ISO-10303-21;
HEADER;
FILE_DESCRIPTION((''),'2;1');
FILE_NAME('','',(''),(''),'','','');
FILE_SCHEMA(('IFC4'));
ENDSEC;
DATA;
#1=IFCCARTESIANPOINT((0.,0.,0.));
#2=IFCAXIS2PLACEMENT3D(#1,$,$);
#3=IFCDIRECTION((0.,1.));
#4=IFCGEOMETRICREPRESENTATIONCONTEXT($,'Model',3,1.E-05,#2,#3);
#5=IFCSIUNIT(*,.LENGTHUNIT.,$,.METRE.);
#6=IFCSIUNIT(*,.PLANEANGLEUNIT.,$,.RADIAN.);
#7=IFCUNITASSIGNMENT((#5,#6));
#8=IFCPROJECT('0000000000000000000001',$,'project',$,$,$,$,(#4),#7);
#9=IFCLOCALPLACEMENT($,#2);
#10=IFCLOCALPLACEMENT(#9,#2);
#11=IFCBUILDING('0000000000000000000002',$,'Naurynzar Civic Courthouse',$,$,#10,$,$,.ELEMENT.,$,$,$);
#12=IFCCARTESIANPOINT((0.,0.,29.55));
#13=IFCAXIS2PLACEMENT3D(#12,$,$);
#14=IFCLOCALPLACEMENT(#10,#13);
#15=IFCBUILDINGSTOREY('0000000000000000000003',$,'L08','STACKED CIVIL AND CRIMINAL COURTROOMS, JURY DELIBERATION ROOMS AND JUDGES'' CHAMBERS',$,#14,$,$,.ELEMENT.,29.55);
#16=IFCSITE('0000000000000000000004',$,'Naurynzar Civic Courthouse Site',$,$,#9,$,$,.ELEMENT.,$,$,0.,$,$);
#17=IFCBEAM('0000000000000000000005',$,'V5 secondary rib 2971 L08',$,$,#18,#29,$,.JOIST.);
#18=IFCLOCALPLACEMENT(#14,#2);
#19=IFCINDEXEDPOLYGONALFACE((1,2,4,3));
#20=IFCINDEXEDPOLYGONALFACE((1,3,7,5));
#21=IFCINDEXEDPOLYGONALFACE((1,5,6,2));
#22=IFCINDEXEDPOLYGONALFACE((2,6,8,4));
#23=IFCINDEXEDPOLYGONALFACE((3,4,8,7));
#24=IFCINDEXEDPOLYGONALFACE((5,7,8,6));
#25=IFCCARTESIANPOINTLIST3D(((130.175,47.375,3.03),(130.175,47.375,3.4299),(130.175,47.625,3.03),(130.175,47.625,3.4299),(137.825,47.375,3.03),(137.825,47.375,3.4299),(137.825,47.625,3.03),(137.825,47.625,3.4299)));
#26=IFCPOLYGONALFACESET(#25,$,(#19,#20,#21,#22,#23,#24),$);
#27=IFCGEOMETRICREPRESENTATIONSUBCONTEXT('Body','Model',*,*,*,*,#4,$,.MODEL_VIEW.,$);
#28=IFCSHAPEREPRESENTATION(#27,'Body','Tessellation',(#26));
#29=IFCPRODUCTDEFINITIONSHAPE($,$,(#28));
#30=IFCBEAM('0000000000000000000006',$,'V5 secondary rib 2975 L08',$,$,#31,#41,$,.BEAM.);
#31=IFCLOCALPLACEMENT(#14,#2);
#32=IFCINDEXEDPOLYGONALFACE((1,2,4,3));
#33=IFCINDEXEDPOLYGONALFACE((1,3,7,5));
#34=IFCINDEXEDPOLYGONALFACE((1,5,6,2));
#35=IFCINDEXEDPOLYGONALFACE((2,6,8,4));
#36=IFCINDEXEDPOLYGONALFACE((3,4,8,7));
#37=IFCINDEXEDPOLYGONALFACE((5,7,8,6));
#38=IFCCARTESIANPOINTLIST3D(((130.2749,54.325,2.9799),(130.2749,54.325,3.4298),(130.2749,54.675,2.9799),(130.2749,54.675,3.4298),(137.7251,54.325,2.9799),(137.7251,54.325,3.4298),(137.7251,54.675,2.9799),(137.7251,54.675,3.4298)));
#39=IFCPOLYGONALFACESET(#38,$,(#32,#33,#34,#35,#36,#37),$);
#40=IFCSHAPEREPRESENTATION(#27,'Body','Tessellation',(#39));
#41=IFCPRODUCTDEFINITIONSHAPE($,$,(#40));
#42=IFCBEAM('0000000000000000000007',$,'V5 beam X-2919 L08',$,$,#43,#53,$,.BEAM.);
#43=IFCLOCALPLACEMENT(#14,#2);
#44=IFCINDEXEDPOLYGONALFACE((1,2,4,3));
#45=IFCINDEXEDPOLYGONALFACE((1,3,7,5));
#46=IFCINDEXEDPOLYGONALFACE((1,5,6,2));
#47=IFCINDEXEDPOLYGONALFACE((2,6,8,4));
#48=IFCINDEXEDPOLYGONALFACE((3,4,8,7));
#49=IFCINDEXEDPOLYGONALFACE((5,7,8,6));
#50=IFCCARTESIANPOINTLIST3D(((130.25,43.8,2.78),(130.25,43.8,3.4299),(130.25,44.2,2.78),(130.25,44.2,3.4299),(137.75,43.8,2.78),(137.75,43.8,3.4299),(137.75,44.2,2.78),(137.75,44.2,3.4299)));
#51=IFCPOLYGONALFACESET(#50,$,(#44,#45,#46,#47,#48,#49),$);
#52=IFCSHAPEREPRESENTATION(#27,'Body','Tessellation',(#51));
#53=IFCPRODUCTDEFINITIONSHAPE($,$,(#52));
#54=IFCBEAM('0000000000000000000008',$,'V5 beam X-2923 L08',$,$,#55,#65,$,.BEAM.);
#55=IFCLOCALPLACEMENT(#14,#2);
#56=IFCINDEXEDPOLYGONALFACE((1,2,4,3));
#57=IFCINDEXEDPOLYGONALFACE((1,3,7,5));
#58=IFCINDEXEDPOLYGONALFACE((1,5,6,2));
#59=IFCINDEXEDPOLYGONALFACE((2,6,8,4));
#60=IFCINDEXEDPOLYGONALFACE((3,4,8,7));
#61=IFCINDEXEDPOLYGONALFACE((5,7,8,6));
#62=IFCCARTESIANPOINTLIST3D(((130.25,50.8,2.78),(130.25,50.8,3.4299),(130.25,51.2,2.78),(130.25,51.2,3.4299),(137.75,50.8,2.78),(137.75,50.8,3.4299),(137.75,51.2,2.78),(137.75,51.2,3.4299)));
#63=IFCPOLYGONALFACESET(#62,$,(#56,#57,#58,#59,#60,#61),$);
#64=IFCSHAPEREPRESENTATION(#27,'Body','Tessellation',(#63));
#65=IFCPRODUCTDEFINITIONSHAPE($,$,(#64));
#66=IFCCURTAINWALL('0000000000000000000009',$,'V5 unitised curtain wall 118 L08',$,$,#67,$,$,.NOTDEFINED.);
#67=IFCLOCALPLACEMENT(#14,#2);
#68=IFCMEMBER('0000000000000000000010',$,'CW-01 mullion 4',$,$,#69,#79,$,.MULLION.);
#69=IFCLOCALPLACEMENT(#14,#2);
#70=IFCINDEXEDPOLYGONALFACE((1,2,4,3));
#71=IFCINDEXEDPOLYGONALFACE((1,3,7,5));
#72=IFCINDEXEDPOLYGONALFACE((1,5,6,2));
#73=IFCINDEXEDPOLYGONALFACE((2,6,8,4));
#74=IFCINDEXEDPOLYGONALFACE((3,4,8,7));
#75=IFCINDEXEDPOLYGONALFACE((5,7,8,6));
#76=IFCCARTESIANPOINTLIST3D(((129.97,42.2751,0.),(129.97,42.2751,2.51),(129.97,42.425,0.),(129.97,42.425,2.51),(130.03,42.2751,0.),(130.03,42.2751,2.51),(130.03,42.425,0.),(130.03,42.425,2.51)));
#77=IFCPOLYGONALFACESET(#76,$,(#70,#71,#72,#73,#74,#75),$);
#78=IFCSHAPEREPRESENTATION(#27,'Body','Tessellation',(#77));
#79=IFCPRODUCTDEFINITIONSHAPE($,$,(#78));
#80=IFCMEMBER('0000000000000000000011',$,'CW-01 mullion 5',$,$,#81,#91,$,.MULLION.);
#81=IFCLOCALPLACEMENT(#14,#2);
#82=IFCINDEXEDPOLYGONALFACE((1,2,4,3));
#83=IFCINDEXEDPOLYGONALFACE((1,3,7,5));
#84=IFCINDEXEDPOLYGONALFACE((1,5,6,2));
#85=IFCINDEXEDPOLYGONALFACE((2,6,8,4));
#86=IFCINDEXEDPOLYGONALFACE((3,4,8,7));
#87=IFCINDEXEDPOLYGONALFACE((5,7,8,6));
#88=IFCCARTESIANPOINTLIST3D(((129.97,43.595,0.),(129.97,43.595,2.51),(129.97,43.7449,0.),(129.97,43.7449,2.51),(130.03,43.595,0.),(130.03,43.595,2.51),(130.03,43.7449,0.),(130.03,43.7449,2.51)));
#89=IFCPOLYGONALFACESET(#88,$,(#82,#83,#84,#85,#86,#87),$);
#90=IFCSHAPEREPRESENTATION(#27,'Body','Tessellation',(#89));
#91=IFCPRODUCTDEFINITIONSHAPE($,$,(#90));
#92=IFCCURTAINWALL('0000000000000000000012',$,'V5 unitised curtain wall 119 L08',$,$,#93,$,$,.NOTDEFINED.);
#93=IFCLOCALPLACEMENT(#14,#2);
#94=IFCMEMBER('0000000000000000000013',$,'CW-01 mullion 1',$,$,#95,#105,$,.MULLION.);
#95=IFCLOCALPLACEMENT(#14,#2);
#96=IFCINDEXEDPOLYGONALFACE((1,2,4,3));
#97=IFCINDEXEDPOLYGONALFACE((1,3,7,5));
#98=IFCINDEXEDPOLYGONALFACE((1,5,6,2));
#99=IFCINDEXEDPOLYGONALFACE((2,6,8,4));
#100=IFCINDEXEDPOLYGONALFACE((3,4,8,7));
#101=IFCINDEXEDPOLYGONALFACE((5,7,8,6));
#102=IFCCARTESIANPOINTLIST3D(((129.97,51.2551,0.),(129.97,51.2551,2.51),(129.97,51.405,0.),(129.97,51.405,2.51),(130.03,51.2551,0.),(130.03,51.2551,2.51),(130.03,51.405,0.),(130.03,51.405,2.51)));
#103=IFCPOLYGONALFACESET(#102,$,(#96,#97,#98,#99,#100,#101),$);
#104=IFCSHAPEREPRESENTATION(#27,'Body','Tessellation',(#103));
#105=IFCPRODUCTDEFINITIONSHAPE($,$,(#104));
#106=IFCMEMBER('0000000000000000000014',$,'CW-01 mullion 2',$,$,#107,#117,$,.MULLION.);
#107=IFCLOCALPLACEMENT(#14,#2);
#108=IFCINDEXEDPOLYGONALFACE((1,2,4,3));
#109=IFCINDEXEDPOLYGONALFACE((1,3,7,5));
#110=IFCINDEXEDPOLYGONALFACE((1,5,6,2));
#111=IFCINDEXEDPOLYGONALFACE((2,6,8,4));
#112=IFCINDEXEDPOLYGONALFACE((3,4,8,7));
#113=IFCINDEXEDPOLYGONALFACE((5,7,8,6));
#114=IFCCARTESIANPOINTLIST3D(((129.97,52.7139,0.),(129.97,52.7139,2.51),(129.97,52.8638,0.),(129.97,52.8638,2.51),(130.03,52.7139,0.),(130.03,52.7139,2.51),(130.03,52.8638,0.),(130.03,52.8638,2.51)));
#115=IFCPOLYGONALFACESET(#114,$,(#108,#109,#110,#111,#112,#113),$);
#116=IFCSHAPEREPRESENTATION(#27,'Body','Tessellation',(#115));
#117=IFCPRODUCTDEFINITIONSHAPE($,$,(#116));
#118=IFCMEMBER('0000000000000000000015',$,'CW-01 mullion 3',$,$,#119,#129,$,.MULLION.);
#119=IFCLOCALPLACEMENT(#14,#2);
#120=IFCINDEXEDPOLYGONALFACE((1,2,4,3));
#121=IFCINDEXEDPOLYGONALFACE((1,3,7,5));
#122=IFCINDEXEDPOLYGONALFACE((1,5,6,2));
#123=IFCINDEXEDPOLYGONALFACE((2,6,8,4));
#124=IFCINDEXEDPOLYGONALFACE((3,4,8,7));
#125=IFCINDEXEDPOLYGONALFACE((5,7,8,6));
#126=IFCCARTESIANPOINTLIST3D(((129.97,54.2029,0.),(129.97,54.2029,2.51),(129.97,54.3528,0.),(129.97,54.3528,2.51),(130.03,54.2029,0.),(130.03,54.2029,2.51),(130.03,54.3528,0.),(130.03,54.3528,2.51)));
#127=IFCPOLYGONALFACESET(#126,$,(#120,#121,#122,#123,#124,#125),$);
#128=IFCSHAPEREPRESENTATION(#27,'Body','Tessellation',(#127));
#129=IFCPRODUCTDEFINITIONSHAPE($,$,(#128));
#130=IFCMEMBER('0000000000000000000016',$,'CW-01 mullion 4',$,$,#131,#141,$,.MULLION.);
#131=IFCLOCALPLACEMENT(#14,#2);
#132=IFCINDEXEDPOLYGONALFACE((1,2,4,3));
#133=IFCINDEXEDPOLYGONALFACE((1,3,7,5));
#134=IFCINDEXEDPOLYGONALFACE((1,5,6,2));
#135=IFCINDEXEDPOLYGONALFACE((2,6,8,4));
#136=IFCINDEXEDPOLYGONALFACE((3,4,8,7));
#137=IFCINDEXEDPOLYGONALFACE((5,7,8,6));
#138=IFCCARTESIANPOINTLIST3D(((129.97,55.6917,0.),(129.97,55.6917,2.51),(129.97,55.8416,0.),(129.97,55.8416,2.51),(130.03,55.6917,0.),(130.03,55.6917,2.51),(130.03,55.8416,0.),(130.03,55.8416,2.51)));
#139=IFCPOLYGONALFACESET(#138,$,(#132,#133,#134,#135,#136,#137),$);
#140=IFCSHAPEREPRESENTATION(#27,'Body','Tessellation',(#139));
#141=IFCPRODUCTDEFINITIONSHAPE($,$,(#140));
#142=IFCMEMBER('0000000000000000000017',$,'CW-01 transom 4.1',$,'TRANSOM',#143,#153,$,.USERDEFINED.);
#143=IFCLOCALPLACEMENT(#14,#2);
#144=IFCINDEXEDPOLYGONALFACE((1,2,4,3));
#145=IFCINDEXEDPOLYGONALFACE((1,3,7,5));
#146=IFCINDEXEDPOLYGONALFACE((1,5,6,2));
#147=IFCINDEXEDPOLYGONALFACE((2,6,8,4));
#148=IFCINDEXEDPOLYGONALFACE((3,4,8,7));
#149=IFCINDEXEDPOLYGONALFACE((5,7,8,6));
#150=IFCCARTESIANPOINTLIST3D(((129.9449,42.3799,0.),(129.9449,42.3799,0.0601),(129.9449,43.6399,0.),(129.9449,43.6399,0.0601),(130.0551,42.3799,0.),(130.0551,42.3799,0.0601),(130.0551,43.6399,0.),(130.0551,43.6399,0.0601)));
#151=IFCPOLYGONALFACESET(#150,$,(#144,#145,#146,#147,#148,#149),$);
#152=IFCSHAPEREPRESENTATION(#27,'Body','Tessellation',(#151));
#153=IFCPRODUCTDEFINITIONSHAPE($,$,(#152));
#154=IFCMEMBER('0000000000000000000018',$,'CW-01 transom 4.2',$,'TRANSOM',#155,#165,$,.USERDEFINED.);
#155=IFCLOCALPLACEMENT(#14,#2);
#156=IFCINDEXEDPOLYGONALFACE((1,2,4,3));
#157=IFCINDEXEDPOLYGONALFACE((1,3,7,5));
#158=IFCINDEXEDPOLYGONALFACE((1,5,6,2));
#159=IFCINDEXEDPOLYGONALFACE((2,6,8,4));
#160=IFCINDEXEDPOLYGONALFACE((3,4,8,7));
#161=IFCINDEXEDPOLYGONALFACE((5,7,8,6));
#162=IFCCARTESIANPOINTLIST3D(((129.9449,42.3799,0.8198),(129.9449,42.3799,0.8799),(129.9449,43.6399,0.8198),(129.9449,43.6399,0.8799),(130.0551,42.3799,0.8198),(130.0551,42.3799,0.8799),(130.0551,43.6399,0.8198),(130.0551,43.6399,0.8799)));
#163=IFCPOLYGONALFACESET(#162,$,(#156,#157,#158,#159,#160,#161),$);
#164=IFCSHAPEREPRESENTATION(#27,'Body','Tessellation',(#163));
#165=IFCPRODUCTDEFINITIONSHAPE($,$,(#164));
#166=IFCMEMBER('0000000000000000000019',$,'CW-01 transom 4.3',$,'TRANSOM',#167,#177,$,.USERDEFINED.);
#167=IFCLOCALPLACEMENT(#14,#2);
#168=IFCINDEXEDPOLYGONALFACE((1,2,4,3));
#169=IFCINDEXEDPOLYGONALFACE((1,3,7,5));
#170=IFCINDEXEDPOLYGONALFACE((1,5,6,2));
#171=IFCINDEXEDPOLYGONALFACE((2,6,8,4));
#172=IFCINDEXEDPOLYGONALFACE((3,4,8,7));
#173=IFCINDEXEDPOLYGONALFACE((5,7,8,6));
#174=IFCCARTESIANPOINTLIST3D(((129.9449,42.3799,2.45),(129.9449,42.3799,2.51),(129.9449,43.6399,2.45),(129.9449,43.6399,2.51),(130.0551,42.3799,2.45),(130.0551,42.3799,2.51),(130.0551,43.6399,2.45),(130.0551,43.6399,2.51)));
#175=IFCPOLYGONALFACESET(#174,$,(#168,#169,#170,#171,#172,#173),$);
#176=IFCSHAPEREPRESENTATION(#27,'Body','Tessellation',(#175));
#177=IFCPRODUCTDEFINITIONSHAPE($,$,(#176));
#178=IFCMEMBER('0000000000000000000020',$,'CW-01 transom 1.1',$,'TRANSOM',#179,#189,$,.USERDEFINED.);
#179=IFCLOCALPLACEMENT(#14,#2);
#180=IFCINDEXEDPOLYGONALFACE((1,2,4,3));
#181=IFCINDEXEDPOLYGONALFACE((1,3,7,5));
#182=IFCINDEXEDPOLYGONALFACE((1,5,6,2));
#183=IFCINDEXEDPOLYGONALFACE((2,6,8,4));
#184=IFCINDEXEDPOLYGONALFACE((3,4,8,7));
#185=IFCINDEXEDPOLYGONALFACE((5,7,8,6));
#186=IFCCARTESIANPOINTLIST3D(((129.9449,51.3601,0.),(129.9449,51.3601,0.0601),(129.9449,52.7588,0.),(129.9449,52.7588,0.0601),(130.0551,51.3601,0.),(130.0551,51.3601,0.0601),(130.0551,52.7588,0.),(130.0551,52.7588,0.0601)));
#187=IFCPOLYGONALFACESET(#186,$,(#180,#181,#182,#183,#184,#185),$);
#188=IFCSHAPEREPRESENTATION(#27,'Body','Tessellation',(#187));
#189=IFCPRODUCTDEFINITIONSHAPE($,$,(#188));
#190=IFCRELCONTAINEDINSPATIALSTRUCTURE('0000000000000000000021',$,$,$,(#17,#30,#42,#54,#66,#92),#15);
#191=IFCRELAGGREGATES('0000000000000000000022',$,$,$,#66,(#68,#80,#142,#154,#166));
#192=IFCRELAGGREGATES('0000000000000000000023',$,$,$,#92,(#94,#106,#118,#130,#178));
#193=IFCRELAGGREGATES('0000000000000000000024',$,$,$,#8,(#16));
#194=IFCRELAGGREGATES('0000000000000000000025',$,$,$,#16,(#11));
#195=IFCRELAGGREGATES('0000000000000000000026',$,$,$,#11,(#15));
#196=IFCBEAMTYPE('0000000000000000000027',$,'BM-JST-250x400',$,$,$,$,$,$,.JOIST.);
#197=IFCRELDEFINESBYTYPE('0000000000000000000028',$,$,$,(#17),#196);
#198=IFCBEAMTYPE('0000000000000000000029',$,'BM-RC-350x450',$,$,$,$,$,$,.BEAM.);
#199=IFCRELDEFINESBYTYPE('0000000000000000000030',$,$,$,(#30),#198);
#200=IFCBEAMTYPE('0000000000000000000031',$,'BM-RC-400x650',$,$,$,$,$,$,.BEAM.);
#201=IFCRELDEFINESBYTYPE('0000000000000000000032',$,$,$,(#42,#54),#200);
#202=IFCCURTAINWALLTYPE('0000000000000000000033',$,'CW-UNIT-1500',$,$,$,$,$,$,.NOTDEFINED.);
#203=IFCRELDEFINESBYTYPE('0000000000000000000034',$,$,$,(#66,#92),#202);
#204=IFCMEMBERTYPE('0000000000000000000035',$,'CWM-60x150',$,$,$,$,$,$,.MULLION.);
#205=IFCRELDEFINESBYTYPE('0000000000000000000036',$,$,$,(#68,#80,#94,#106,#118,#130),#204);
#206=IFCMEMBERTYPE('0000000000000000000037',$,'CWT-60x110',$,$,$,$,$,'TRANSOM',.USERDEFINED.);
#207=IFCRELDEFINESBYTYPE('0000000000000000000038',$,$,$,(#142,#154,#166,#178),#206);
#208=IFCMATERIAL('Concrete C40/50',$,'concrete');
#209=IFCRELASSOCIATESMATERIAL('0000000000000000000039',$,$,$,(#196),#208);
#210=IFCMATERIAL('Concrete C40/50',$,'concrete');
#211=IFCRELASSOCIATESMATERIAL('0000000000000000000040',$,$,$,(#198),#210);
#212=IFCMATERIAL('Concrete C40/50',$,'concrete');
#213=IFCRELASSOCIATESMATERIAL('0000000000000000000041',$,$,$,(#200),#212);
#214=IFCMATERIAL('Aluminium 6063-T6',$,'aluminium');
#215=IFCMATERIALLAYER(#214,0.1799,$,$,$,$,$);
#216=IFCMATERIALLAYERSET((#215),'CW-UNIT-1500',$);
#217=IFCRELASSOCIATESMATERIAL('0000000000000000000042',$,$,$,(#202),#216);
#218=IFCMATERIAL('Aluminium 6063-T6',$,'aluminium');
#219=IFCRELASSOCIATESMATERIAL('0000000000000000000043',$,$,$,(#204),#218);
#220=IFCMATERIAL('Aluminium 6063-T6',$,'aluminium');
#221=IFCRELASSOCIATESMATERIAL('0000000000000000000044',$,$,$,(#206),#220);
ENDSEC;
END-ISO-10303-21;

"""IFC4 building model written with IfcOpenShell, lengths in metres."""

from ifc_helpers import new_model, si_unit, direction, frame, origin, origin_2d, place, context, subcontext, project, spatial, rectangle, extrude, material, layer, layer_set, material_profile, profile_set, type_object, element, aggregate, save


model = new_model("IFC4")

# Units and contexts
model_context = context("Model", 3, precision=1e-05, world=origin(), true_north=direction((0.0, 1.0)))
body_context = subcontext(model_context, "Body", "Model", "MODEL_VIEW")
ifc_project = project(units=[si_unit("LENGTHUNIT", "METRE"), si_unit("PLANEANGLEUNIT", "RADIAN")], contexts=[model_context])

# Site, building, storey
site_placement = place(None, origin())
site = spatial("IfcSite", under=ifc_project, at=site_placement, Name="Naurynzar Civic Courthouse Site", CompositionType="ELEMENT", RefElevation=0.0)
building_placement = place(site_placement, origin())
building = spatial("IfcBuilding", under=site, at=building_placement, Name="Naurynzar Civic Courthouse", CompositionType="ELEMENT")
storey_placement = place(building_placement, frame((0.0, 0.0, 29.55)))
storey = spatial("IfcBuildingStorey", under=building, at=storey_placement, Name="L08", Description="STACKED CIVIL AND CRIMINAL COURTROOMS, JURY DELIBERATION ROOMS AND JUDGES' CHAMBERS", CompositionType="ELEMENT", Elevation=29.55)

# Beams
ifc_material_1 = material(Name="Concrete C40/50", Category="concrete")
ifc_material_profile_1 = material_profile(ifc_material_1, rectangle(XDim=0.25, YDim=0.3999, at=origin_2d()), Name="RCB 250x400")
ifc_profile_set_1 = profile_set([ifc_material_profile_1], Name="Concrete C40/50")
beam_type_1 = type_object("IfcBeamType", Name="BM-JST-250x400", PredefinedType="JOIST", material=ifc_profile_set_1)
beam_1_placement = place(storey_placement, frame((130.175, 47.5, 3.23), z_axis=(1.0, 0.0, 0.0), x_axis=(0.0, 1.0, 0.0)))
element("IfcBeam", 1, at=beam_1_placement, inside=storey, type_object=beam_type_1, Name="V5 secondary rib 2971 L08", PredefinedType="JOIST", context=body_context, shape_type="SweptSolid", body=[
    extrude(rectangle(XDim=0.25, YDim=0.3999, at=origin_2d()), origin(), (0.0, 0.0, 1.0), 7.6499),
])
ifc_material_2 = material(Name="Concrete C40/50", Category="concrete")
ifc_material_profile_2 = material_profile(ifc_material_2, rectangle(XDim=0.3501, YDim=0.45, at=origin_2d()), Name="RCB 350x450")
ifc_profile_set_2 = profile_set([ifc_material_profile_2], Name="Concrete C40/50")
beam_type_2 = type_object("IfcBeamType", Name="BM-RC-350x450", PredefinedType="BEAM", material=ifc_profile_set_2)
beam_2_placement = place(storey_placement, frame((130.2749, 54.5, 3.2048), z_axis=(1.0, 0.0, 0.0), x_axis=(0.0, 1.0, 0.0)))
element("IfcBeam", 2, at=beam_2_placement, inside=storey, type_object=beam_type_2, Name="V5 secondary rib 2975 L08", PredefinedType="BEAM", context=body_context, shape_type="SweptSolid", body=[
    extrude(rectangle(XDim=0.3501, YDim=0.45, at=origin_2d()), origin(), (0.0, 0.0, 1.0), 7.4502),
])
ifc_material_3 = material(Name="Concrete C40/50", Category="concrete")
ifc_material_profile_3 = material_profile(ifc_material_3, rectangle(XDim=0.3999, YDim=0.6499, at=origin_2d()), Name="RCB 400x650")
ifc_profile_set_3 = profile_set([ifc_material_profile_3], Name="Concrete C40/50")
beam_type_3 = type_object("IfcBeamType", Name="BM-RC-400x650", PredefinedType="BEAM", material=ifc_profile_set_3)
for number, where, z_axis, x_axis, name in (
    (3, (130.25, 44.0, 3.105), (1.0, 0.0, 0.0), (0.0, 1.0, 0.0), "V5 beam X-2919 L08"),
    (4, (130.25, 51.0, 3.105), (1.0, 0.0, 0.0), (0.0, 1.0, 0.0), "V5 beam X-2923 L08"),
):
    element("IfcBeam", number, at=place(storey_placement, frame(where, z_axis=z_axis, x_axis=x_axis)), inside=storey, type_object=beam_type_3, Name=name, PredefinedType="BEAM", context=body_context, shape_type="SweptSolid", body=[
        extrude(rectangle(XDim=0.3999, YDim=0.6499, at=origin_2d()), origin(), (0.0, 0.0, 1.0), 7.5),
    ])

# Curtain walls, members
ifc_material_4 = material(Name="Aluminium 6063-T6", Category="aluminium")
ifc_layer_1 = layer(ifc_material_4, 0.1799)
ifc_layer_set_1 = layer_set([ifc_layer_1], Name="CW-UNIT-1500")
curtain_wall_type = type_object("IfcCurtainWallType", Name="CW-UNIT-1500", PredefinedType="NOTDEFINED", material=ifc_layer_set_1)
curtain_wall_1_placement = place(storey_placement, origin())
curtain_wall_1 = element("IfcCurtainWall", 5, at=curtain_wall_1_placement, inside=storey, type_object=curtain_wall_type, Name="V5 unitised curtain wall 118 L08", PredefinedType="NOTDEFINED")
ifc_material_5 = material(Name="Aluminium 6063-T6", Category="aluminium")
ifc_material_profile_4 = material_profile(ifc_material_5, rectangle(XDim=0.0601, YDim=0.1499, at=origin_2d()), Name="ALU MULLION 60x150")
ifc_profile_set_4 = profile_set([ifc_material_profile_4], Name="Aluminium 6063-T6")
member_type_1 = type_object("IfcMemberType", Name="CWM-60x150", PredefinedType="MULLION", material=ifc_profile_set_4)
member_1_placement = place(storey_placement, frame((130.0, 42.3501, 0.0), z_axis=(0.0, 0.0, 1.0), x_axis=(-1.0, 0.0, 0.0)))
member_1 = element("IfcMember", 6, at=member_1_placement, type_object=member_type_1, Name="CW-01 mullion 4", PredefinedType="MULLION", context=body_context, shape_type="SweptSolid", body=[
    extrude(rectangle(XDim=0.0601, YDim=0.1499, at=origin_2d()), origin(), (0.0, 0.0, 1.0), 2.51),
])
member_2_placement = place(storey_placement, frame((130.0, 43.6699, 0.0), z_axis=(0.0, 0.0, 1.0), x_axis=(-1.0, 0.0, 0.0)))
member_2 = element("IfcMember", 7, at=member_2_placement, type_object=member_type_1, Name="CW-01 mullion 5", PredefinedType="MULLION", context=body_context, shape_type="SweptSolid", body=[
    extrude(rectangle(XDim=0.0601, YDim=0.1499, at=origin_2d()), origin(), (0.0, 0.0, 1.0), 2.51),
])
curtain_wall_2_placement = place(storey_placement, origin())
curtain_wall_2 = element("IfcCurtainWall", 8, at=curtain_wall_2_placement, inside=storey, type_object=curtain_wall_type, Name="V5 unitised curtain wall 119 L08", PredefinedType="NOTDEFINED")
member_3_placement = place(storey_placement, frame((130.0, 51.3301, 0.0), z_axis=(0.0, 0.0, 1.0), x_axis=(-1.0, 0.0, 0.0)))
member_3 = element("IfcMember", 9, at=member_3_placement, type_object=member_type_1, Name="CW-01 mullion 1", PredefinedType="MULLION", context=body_context, shape_type="SweptSolid", body=[
    extrude(rectangle(XDim=0.0601, YDim=0.1499, at=origin_2d()), origin(), (0.0, 0.0, 1.0), 2.51),
])
member_4_placement = place(storey_placement, frame((130.0, 52.7888, 0.0), z_axis=(0.0, 0.0, 1.0), x_axis=(-1.0, 0.0, 0.0)))
member_4 = element("IfcMember", 10, at=member_4_placement, type_object=member_type_1, Name="CW-01 mullion 2", PredefinedType="MULLION", context=body_context, shape_type="SweptSolid", body=[
    extrude(rectangle(XDim=0.0601, YDim=0.1499, at=origin_2d()), origin(), (0.0, 0.0, 1.0), 2.51),
])
member_5_placement = place(storey_placement, frame((130.0, 54.2778, 0.0), z_axis=(0.0, 0.0, 1.0), x_axis=(-1.0, 0.0, 0.0)))
member_5 = element("IfcMember", 11, at=member_5_placement, type_object=member_type_1, Name="CW-01 mullion 3", PredefinedType="MULLION", context=body_context, shape_type="SweptSolid", body=[
    extrude(rectangle(XDim=0.0601, YDim=0.1499, at=origin_2d()), origin(), (0.0, 0.0, 1.0), 2.51),
])
member_6_placement = place(storey_placement, frame((130.0, 55.7666, 0.0), z_axis=(0.0, 0.0, 1.0), x_axis=(-1.0, 0.0, 0.0)))
member_6 = element("IfcMember", 12, at=member_6_placement, type_object=member_type_1, Name="CW-01 mullion 4", PredefinedType="MULLION", context=body_context, shape_type="SweptSolid", body=[
    extrude(rectangle(XDim=0.0601, YDim=0.1499, at=origin_2d()), origin(), (0.0, 0.0, 1.0), 2.51),
])

# Members
ifc_material_6 = material(Name="Aluminium 6063-T6", Category="aluminium")
ifc_material_profile_5 = material_profile(ifc_material_6, rectangle(XDim=0.1101, YDim=0.0601, at=origin_2d()), Name="ALU TRANSOM 60x110")
ifc_profile_set_5 = profile_set([ifc_material_profile_5], Name="Aluminium 6063-T6")
member_type_2 = type_object("IfcMemberType", Name="CWT-60x110", ElementType="TRANSOM", PredefinedType="USERDEFINED", material=ifc_profile_set_5)
member_7_placement = place(storey_placement, frame((130.0, 42.3799, 0.03), z_axis=(0.0, 1.0, 0.0), x_axis=(-1.0, 0.0, 0.0)))
member_7 = element("IfcMember", 13, at=member_7_placement, type_object=member_type_2, Name="CW-01 transom 4.1", ObjectType="TRANSOM", PredefinedType="USERDEFINED", context=body_context, shape_type="SweptSolid", body=[
    extrude(rectangle(XDim=0.1101, YDim=0.0601, at=origin_2d()), origin(), (0.0, 0.0, 1.0), 1.26),
])
member_8_placement = place(storey_placement, frame((130.0, 42.3799, 0.8499), z_axis=(0.0, 1.0, 0.0), x_axis=(-1.0, 0.0, 0.0)))
member_8 = element("IfcMember", 14, at=member_8_placement, type_object=member_type_2, Name="CW-01 transom 4.2", ObjectType="TRANSOM", PredefinedType="USERDEFINED", context=body_context, shape_type="SweptSolid", body=[
    extrude(rectangle(XDim=0.1101, YDim=0.0601, at=origin_2d()), origin(), (0.0, 0.0, 1.0), 1.26),
])
member_9_placement = place(storey_placement, frame((130.0, 42.3799, 2.48), z_axis=(0.0, 1.0, 0.0), x_axis=(-1.0, 0.0, 0.0)))
member_9 = element("IfcMember", 15, at=member_9_placement, type_object=member_type_2, Name="CW-01 transom 4.3", ObjectType="TRANSOM", PredefinedType="USERDEFINED", context=body_context, shape_type="SweptSolid", body=[
    extrude(rectangle(XDim=0.1101, YDim=0.0601, at=origin_2d()), origin(), (0.0, 0.0, 1.0), 1.26),
])
member_10_placement = place(storey_placement, frame((130.0, 51.3601, 0.03), z_axis=(0.0, 1.0, 0.0), x_axis=(-1.0, 0.0, 0.0)))
member_10 = element("IfcMember", 16, at=member_10_placement, type_object=member_type_2, Name="CW-01 transom 1.1", ObjectType="TRANSOM", PredefinedType="USERDEFINED", context=body_context, shape_type="SweptSolid", body=[
    extrude(rectangle(XDim=0.1101, YDim=0.0601, at=origin_2d()), origin(), (0.0, 0.0, 1.0), 1.3987),
])

aggregate(curtain_wall_1, [member_1, member_2, member_7, member_8, member_9])
aggregate(curtain_wall_2, [member_3, member_4, member_5, member_6, member_10])

save(model, "model.ifc")
